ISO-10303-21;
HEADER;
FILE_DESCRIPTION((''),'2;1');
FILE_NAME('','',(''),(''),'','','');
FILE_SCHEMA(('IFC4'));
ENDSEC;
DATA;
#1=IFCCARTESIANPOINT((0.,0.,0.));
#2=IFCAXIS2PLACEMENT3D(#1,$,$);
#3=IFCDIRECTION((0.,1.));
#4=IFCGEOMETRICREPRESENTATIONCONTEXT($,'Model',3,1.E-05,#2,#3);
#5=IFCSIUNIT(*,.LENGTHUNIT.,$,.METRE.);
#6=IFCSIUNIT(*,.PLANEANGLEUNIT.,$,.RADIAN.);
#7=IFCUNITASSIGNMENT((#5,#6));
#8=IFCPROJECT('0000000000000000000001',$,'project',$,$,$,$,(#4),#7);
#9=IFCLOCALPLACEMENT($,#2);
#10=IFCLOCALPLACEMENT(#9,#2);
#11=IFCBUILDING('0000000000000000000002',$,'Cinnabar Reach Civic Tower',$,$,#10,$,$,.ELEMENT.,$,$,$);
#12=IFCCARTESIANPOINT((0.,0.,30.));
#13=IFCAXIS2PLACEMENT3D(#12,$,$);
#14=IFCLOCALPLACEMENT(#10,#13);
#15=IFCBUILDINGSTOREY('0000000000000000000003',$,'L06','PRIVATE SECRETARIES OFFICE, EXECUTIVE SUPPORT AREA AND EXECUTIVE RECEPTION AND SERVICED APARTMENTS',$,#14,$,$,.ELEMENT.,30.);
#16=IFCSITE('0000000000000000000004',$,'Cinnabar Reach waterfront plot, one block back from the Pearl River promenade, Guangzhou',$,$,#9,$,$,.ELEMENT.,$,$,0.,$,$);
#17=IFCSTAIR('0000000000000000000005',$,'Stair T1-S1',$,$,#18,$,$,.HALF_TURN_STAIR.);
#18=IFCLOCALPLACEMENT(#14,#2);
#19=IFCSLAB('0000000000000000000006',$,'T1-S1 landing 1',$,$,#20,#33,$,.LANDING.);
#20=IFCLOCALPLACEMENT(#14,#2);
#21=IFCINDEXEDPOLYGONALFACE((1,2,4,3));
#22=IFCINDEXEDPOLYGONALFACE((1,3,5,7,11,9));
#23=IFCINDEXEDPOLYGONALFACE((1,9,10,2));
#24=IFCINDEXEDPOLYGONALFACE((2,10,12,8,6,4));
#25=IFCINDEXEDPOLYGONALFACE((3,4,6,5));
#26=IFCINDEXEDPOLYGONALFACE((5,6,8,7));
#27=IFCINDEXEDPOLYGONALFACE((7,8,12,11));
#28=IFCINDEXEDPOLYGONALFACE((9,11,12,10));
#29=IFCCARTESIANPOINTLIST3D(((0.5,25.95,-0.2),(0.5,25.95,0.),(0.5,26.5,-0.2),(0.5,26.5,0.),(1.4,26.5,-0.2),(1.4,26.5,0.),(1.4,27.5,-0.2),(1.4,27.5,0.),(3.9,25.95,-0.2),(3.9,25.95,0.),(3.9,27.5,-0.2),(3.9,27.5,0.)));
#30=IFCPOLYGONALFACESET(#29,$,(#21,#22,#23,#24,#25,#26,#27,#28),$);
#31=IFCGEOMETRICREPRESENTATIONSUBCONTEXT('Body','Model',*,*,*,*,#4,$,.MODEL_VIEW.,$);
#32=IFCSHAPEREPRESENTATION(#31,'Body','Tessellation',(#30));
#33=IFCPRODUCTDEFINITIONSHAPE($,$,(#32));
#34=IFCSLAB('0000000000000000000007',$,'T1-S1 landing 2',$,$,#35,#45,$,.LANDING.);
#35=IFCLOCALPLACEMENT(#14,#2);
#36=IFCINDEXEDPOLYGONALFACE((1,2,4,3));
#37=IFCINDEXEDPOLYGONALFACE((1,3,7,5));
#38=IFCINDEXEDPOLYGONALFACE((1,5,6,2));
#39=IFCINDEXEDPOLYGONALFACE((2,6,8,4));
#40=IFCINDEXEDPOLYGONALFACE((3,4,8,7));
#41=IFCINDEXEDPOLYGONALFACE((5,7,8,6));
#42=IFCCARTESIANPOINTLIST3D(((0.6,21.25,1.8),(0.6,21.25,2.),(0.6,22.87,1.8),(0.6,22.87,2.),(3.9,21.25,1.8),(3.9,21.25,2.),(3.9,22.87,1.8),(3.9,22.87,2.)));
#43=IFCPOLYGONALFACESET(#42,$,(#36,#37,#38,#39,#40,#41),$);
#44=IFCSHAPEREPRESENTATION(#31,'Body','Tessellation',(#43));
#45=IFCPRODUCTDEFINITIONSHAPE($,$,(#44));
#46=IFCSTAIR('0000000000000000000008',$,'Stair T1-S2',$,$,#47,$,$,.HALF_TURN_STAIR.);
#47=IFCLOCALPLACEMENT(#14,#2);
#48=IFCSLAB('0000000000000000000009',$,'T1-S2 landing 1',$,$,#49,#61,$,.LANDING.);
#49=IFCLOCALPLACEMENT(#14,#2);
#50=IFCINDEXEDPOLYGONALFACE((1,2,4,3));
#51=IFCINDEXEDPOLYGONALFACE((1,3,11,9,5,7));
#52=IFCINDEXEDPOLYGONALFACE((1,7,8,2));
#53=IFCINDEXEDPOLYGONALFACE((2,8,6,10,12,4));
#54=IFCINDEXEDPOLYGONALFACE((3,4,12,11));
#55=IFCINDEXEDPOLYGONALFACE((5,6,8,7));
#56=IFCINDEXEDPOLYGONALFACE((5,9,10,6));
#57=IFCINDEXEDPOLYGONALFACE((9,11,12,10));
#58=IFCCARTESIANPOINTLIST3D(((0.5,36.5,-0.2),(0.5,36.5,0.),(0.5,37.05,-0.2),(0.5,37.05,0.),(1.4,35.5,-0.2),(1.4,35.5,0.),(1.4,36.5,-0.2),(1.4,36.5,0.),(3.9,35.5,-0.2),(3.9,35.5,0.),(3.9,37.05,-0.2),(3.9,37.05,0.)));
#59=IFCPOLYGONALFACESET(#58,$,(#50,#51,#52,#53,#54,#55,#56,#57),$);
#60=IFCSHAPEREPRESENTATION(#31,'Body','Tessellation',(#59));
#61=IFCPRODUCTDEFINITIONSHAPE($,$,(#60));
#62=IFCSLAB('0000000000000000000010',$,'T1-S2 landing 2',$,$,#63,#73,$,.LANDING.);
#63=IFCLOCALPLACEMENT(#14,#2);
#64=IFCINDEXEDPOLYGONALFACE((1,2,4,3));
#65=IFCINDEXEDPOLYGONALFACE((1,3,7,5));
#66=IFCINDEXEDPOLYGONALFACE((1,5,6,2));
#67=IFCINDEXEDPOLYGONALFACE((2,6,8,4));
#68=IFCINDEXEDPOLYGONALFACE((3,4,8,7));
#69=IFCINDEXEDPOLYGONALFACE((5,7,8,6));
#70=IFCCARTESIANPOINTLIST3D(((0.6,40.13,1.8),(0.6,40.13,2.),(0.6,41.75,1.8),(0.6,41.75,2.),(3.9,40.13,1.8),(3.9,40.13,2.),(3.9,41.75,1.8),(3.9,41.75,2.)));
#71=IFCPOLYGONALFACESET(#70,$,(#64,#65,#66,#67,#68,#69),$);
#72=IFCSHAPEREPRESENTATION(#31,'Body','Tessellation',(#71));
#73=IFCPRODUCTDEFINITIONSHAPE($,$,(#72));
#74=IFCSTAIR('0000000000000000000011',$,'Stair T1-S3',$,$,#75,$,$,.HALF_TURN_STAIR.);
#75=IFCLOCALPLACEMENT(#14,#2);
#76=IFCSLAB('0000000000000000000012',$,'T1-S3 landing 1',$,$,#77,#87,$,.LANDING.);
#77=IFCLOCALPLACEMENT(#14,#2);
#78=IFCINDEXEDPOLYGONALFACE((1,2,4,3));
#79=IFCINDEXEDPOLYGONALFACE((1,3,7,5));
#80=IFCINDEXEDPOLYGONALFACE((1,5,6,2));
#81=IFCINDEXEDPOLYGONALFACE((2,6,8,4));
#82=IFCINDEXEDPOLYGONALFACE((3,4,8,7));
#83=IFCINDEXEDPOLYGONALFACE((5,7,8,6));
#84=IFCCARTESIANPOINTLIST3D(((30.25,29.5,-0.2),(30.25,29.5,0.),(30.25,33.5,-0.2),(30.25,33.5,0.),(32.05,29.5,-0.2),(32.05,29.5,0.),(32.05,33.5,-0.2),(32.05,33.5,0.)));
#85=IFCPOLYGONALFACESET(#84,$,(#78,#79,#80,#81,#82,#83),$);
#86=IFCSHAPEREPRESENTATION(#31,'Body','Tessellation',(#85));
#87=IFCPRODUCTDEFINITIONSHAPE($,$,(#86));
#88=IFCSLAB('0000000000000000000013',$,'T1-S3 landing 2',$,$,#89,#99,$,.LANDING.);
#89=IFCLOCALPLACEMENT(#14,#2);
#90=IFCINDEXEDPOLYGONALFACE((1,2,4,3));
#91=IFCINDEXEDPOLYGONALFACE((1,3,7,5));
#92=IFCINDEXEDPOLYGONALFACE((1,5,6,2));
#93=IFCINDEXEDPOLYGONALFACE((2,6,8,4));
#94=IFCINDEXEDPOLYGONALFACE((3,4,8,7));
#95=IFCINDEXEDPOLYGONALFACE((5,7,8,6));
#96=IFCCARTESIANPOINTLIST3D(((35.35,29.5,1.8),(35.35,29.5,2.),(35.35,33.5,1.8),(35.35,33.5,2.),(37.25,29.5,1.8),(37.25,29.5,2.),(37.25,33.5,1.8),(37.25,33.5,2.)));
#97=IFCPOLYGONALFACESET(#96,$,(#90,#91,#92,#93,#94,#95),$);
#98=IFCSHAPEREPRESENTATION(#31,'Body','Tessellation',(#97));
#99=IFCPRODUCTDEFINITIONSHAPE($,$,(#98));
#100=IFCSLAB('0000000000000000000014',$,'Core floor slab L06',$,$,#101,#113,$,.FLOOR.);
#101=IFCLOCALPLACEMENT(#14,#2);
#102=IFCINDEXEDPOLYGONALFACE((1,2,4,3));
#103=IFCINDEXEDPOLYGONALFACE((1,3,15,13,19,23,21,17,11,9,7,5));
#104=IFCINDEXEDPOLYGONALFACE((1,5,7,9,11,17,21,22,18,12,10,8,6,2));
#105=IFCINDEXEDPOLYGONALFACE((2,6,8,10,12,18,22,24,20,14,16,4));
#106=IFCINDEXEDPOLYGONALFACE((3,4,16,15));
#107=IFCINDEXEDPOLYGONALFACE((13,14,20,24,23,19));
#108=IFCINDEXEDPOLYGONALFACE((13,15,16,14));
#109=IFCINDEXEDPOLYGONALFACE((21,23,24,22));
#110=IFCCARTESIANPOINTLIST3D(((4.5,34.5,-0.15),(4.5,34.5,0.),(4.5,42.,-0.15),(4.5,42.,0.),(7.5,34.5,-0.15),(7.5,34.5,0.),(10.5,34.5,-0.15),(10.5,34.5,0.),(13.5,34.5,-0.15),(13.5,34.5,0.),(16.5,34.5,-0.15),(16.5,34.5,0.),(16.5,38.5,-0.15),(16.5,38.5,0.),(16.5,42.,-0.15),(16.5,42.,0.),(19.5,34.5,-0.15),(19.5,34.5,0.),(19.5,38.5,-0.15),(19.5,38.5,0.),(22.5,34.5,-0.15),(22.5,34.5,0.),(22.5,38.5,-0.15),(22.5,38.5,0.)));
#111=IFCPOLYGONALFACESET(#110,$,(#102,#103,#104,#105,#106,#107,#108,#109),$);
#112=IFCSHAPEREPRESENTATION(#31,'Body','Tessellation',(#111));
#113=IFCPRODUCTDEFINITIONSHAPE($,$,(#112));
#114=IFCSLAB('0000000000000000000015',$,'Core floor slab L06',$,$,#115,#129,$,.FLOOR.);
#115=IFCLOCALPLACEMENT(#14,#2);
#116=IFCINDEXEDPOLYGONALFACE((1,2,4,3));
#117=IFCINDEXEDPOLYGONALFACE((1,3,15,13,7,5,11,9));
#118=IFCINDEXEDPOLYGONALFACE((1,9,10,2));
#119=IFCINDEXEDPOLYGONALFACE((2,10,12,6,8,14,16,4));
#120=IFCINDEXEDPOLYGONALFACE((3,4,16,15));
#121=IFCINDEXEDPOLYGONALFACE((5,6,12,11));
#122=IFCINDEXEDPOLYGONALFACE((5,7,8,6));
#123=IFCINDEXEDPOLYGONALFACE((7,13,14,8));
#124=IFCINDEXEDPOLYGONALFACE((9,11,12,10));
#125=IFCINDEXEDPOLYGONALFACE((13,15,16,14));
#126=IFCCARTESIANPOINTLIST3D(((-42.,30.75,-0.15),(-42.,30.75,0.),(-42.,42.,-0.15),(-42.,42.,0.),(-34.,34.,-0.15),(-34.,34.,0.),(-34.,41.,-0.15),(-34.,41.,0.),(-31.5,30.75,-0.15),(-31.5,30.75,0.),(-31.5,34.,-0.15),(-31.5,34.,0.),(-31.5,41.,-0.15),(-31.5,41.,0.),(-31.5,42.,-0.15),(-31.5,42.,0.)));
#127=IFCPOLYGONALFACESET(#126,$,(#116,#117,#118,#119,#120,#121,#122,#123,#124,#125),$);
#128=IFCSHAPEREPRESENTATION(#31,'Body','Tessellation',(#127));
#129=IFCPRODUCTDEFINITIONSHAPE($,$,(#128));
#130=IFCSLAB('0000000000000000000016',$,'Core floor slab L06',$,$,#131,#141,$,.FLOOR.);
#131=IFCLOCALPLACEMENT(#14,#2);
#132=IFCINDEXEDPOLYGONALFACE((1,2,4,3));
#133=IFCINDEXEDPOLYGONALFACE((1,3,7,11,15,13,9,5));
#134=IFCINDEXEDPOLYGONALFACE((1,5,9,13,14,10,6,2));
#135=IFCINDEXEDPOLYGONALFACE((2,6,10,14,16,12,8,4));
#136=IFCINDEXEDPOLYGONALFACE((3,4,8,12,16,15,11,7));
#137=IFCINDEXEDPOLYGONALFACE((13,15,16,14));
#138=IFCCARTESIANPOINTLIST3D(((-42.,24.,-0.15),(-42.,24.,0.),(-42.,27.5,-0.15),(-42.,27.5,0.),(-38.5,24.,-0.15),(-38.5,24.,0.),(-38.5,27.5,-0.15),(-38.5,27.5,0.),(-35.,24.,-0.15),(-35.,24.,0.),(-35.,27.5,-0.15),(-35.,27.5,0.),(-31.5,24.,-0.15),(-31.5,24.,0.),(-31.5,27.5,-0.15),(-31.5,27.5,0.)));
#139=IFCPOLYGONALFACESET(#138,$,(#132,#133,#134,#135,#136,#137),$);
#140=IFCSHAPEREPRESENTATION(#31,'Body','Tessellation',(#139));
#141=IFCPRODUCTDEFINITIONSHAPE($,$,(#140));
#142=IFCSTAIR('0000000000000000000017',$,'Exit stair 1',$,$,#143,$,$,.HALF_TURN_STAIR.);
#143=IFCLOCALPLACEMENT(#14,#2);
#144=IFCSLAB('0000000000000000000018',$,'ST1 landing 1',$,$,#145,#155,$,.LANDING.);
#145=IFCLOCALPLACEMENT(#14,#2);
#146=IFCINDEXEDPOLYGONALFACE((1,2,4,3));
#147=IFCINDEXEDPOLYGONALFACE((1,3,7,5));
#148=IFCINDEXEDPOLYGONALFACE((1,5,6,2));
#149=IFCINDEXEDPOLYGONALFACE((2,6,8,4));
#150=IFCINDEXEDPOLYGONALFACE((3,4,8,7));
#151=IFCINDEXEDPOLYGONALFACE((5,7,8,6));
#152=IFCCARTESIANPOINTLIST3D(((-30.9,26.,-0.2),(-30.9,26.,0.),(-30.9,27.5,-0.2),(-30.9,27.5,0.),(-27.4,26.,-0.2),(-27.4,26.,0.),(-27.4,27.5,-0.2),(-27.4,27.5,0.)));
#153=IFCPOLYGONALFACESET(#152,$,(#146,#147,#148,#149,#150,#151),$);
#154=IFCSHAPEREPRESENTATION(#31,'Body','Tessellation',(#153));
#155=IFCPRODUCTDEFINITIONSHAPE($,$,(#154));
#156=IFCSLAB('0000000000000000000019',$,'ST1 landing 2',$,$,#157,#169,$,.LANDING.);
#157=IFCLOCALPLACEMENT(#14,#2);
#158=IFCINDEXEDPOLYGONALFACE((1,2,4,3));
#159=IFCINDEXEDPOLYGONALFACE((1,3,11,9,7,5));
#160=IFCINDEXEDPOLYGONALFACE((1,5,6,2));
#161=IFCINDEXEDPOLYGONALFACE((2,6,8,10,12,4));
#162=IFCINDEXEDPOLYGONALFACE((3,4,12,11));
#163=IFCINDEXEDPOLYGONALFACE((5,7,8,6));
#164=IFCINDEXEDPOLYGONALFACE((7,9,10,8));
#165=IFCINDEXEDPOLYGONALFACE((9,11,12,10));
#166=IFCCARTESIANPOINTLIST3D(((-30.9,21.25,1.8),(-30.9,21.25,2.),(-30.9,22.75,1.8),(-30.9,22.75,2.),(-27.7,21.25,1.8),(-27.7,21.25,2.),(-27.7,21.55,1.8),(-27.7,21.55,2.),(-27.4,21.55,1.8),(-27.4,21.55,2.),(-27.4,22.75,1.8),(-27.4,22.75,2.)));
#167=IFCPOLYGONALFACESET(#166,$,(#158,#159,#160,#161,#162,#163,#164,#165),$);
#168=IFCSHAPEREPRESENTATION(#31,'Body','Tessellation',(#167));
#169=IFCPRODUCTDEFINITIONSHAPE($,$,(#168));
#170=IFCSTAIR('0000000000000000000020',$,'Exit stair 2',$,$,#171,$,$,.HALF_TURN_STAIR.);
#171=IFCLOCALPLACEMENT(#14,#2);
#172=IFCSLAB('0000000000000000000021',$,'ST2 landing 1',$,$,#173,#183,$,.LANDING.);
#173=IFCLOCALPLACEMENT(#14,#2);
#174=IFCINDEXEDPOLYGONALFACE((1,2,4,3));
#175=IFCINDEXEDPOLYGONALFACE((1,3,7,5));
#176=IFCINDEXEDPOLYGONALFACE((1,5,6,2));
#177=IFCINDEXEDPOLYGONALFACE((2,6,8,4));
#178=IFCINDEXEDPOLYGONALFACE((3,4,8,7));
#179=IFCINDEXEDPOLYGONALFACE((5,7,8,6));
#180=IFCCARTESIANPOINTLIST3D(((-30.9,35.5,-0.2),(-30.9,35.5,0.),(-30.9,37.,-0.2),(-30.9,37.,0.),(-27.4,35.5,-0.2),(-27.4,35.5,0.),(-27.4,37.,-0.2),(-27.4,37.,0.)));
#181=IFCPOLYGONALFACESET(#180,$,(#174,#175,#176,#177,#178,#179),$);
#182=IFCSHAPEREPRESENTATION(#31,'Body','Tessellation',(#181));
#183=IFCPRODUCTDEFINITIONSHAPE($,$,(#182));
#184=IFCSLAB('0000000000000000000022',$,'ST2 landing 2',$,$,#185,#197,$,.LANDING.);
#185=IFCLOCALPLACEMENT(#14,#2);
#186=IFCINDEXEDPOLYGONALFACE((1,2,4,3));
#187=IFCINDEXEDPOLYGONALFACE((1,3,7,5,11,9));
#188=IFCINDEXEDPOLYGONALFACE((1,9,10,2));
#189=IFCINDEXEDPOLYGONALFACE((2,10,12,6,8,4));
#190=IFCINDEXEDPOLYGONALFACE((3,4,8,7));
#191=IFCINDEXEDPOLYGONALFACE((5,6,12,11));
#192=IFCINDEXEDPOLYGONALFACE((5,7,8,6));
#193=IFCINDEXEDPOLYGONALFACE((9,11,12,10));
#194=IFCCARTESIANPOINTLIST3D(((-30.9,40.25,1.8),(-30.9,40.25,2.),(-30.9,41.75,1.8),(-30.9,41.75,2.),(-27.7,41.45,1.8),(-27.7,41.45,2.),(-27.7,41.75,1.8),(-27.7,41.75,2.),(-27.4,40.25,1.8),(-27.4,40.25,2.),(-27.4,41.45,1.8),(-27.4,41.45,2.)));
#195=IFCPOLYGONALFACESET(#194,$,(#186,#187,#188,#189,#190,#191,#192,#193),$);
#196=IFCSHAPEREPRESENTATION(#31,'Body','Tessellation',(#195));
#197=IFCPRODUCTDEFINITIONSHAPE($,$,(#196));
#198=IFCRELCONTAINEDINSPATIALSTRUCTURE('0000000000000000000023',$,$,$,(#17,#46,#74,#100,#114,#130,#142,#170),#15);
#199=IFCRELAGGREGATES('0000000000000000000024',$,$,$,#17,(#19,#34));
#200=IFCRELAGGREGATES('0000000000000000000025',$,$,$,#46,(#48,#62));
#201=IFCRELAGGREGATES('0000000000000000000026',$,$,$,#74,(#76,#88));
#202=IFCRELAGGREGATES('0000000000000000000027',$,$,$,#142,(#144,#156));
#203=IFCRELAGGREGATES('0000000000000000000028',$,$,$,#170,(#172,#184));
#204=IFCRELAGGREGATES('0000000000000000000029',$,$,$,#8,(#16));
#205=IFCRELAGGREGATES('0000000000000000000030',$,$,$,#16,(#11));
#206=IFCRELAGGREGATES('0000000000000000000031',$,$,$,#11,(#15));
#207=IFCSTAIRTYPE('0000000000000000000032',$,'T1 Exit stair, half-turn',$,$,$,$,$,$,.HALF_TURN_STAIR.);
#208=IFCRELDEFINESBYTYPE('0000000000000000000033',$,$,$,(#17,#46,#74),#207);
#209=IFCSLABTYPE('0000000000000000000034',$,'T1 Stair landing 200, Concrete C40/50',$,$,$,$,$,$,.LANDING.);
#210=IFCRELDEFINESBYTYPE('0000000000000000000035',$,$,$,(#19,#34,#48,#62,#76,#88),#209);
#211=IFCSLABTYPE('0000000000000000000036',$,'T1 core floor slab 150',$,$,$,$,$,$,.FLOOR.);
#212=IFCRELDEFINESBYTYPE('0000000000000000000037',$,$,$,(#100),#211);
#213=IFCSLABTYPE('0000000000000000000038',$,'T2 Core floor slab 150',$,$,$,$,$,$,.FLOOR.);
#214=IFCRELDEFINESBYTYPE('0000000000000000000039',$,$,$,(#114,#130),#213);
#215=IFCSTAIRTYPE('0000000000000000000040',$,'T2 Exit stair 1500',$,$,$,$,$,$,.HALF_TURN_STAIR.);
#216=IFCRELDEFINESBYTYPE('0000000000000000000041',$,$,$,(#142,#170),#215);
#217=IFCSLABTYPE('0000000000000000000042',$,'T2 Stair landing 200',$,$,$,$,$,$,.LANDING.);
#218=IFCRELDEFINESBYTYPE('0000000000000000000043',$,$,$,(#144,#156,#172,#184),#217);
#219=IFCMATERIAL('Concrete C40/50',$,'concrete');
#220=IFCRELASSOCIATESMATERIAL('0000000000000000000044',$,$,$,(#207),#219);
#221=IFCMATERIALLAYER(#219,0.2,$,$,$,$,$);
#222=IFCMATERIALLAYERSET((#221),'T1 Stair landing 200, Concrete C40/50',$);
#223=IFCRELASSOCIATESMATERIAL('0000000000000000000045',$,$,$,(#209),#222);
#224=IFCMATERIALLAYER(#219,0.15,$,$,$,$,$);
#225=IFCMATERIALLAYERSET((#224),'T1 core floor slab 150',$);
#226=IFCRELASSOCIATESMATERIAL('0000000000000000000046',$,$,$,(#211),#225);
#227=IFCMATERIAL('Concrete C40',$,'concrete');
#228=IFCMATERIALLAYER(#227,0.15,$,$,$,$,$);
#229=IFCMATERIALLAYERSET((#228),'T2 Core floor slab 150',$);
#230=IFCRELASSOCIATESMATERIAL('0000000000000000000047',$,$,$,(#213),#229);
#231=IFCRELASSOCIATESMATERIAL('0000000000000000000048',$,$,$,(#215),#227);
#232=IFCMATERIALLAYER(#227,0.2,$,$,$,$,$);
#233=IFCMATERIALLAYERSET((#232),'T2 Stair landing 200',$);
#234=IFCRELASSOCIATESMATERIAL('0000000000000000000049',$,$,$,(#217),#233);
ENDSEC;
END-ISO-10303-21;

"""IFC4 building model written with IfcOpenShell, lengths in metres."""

from ifc_helpers import new_model, si_unit, direction, frame, origin, place, context, subcontext, project, spatial, polyline, outline, extrude, material, layer, layer_set, type_object, element, aggregate, save


model = new_model("IFC4")

# Units and contexts
model_context = context("Model", 3, precision=1e-05, world=origin(), true_north=direction((0.0, 1.0)))
body_context = subcontext(model_context, "Body", "Model", "MODEL_VIEW")
ifc_project = project(units=[si_unit("LENGTHUNIT", "METRE"), si_unit("PLANEANGLEUNIT", "RADIAN")], contexts=[model_context])

# Site, building, storey
site_placement = place(None, origin())
site = spatial("IfcSite", under=ifc_project, at=site_placement, Name="Cinnabar Reach waterfront plot, one block back from the Pearl River promenade, Guangzhou", CompositionType="ELEMENT", RefElevation=0.0)
building_placement = place(site_placement, origin())
building = spatial("IfcBuilding", under=site, at=building_placement, Name="Cinnabar Reach Civic Tower", CompositionType="ELEMENT")
storey_placement = place(building_placement, frame((0.0, 0.0, 30.0)))
storey = spatial("IfcBuildingStorey", under=building, at=storey_placement, Name="L06", Description="PRIVATE SECRETARIES OFFICE, EXECUTIVE SUPPORT AREA AND EXECUTIVE RECEPTION AND SERVICED APARTMENTS", CompositionType="ELEMENT", Elevation=30.0)

# Stairs, slabs
ifc_material_1 = material(Name="Concrete C40/50", Category="concrete")
stair_type_1 = type_object("IfcStairType", Name="T1 Exit stair, half-turn", PredefinedType="HALF_TURN_STAIR", material=ifc_material_1)
stair_1_placement = place(storey_placement, origin())
stair_1 = element("IfcStair", 1, at=stair_1_placement, inside=storey, type_object=stair_type_1, Name="Stair T1-S1", PredefinedType="HALF_TURN_STAIR")
ifc_layer_1 = layer(ifc_material_1, 0.2)
ifc_layer_set_1 = layer_set([ifc_layer_1], Name="T1 Stair landing 200, Concrete C40/50")
slab_type_1 = type_object("IfcSlabType", Name="T1 Stair landing 200, Concrete C40/50", PredefinedType="LANDING", material=ifc_layer_set_1)
slab_1_placement = place(storey_placement, frame((0.0, 0.0, -0.2)))
slab_1 = element("IfcSlab", 2, at=slab_1_placement, type_object=slab_type_1, Name="T1-S1 landing 1", PredefinedType="LANDING", context=body_context, shape_type="SweptSolid", body=[
    extrude(outline(polyline([(3.9, 27.5), (3.9, 25.95), (0.5, 25.95), (0.5, 26.5), (1.4, 26.5), (1.4, 27.5), (3.9, 27.5)])), origin(), (0.0, 0.0, 1.0), 0.2),
])
slab_2_placement = place(storey_placement, frame((0.0, 0.0, 1.8)))
slab_2 = element("IfcSlab", 3, at=slab_2_placement, type_object=slab_type_1, Name="T1-S1 landing 2", PredefinedType="LANDING", context=body_context, shape_type="SweptSolid", body=[
    extrude(outline(polyline([(0.6, 21.25), (0.6, 22.87), (3.9, 22.87), (3.9, 21.25), (0.6, 21.25)])), origin(), (0.0, 0.0, 1.0), 0.2),
])
aggregate(stair_1, [slab_1, slab_2])
stair_2_placement = place(storey_placement, origin())
stair_2 = element("IfcStair", 4, at=stair_2_placement, inside=storey, type_object=stair_type_1, Name="Stair T1-S2", PredefinedType="HALF_TURN_STAIR")
slab_3_placement = place(storey_placement, frame((0.0, 0.0, -0.2)))
slab_3 = element("IfcSlab", 5, at=slab_3_placement, type_object=slab_type_1, Name="T1-S2 landing 1", PredefinedType="LANDING", context=body_context, shape_type="SweptSolid", body=[
    extrude(outline(polyline([(0.5, 37.05), (3.9, 37.05), (3.9, 35.5), (1.4, 35.5), (1.4, 36.5), (0.5, 36.5), (0.5, 37.05)])), origin(), (0.0, 0.0, 1.0), 0.2),
])
slab_4_placement = place(storey_placement, frame((0.0, 0.0, 1.8)))
slab_4 = element("IfcSlab", 6, at=slab_4_placement, type_object=slab_type_1, Name="T1-S2 landing 2", PredefinedType="LANDING", context=body_context, shape_type="SweptSolid", body=[
    extrude(outline(polyline([(0.6, 40.13), (0.6, 41.75), (3.9, 41.75), (3.9, 40.13), (0.6, 40.13)])), origin(), (0.0, 0.0, 1.0), 0.2),
])
aggregate(stair_2, [slab_3, slab_4])
stair_3_placement = place(storey_placement, origin())
stair_3 = element("IfcStair", 7, at=stair_3_placement, inside=storey, type_object=stair_type_1, Name="Stair T1-S3", PredefinedType="HALF_TURN_STAIR")
slab_5_placement = place(storey_placement, frame((0.0, 0.0, -0.2)))
slab_5 = element("IfcSlab", 8, at=slab_5_placement, type_object=slab_type_1, Name="T1-S3 landing 1", PredefinedType="LANDING", context=body_context, shape_type="SweptSolid", body=[
    extrude(outline(polyline([(30.25, 29.5), (32.05, 29.5), (32.05, 33.5), (30.25, 33.5), (30.25, 29.5)])), origin(), (0.0, 0.0, 1.0), 0.2),
])
slab_6_placement = place(storey_placement, frame((0.0, 0.0, 1.8)))
slab_6 = element("IfcSlab", 9, at=slab_6_placement, type_object=slab_type_1, Name="T1-S3 landing 2", PredefinedType="LANDING", context=body_context, shape_type="SweptSolid", body=[
    extrude(outline(polyline([(35.35, 29.5), (37.25, 29.5), (37.25, 33.5), (35.35, 33.5), (35.35, 29.5)])), origin(), (0.0, 0.0, 1.0), 0.2),
])
aggregate(stair_3, [slab_5, slab_6])

# Slabs
ifc_layer_2 = layer(ifc_material_1, 0.15)
ifc_layer_set_2 = layer_set([ifc_layer_2], Name="T1 core floor slab 150")
slab_type_2 = type_object("IfcSlabType", Name="T1 core floor slab 150", PredefinedType="FLOOR", material=ifc_layer_set_2)
slab_7_placement = place(storey_placement, frame((0.0, 0.0, -0.15)))
element("IfcSlab", 10, at=slab_7_placement, inside=storey, type_object=slab_type_2, Name="Core floor slab L06", PredefinedType="FLOOR", context=body_context, shape_type="SweptSolid", body=[
    extrude(outline(polyline([(22.5, 34.5), (19.5, 34.5), (16.5, 34.5), (13.5, 34.5), (10.5, 34.5), (7.5, 34.5), (4.5, 34.5), (4.5, 42.0), (16.5, 42.0), (16.5, 38.5), (19.5, 38.5), (22.5, 38.5), (22.5, 34.5)])), origin(), (0.0, 0.0, 1.0), 0.15),
])
ifc_material_2 = material(Name="Concrete C40", Category="concrete")
ifc_layer_3 = layer(ifc_material_2, 0.15)
ifc_layer_set_3 = layer_set([ifc_layer_3], Name="T2 Core floor slab 150")
slab_type_3 = type_object("IfcSlabType", Name="T2 Core floor slab 150", PredefinedType="FLOOR", material=ifc_layer_set_3)
slab_8_placement = place(storey_placement, frame((0.0, 0.0, -0.15)))
element("IfcSlab", 11, at=slab_8_placement, inside=storey, type_object=slab_type_3, Name="Core floor slab L06", PredefinedType="FLOOR", context=body_context, shape_type="SweptSolid", body=[
    extrude(outline(polyline([(-42.0, 42.0), (-31.5, 42.0), (-31.5, 41.0), (-34.0, 41.0), (-34.0, 34.0), (-31.5, 34.0), (-31.5, 30.75), (-42.0, 30.75), (-42.0, 42.0)])), origin(), (0.0, 0.0, 1.0), 0.15),
])
slab_9_placement = place(storey_placement, frame((0.0, 0.0, -0.15)))
element("IfcSlab", 12, at=slab_9_placement, inside=storey, type_object=slab_type_3, Name="Core floor slab L06", PredefinedType="FLOOR", context=body_context, shape_type="SweptSolid", body=[
    extrude(outline(polyline([(-35.0, 24.0), (-38.5, 24.0), (-42.0, 24.0), (-42.0, 27.5), (-38.5, 27.5), (-35.0, 27.5), (-31.5, 27.5), (-31.5, 24.0), (-35.0, 24.0)])), origin(), (0.0, 0.0, 1.0), 0.15),
])

# Stairs, slabs
stair_type_2 = type_object("IfcStairType", Name="T2 Exit stair 1500", PredefinedType="HALF_TURN_STAIR", material=ifc_material_2)
stair_4_placement = place(storey_placement, origin())
stair_4 = element("IfcStair", 13, at=stair_4_placement, inside=storey, type_object=stair_type_2, Name="Exit stair 1", PredefinedType="HALF_TURN_STAIR")
ifc_layer_4 = layer(ifc_material_2, 0.2)
ifc_layer_set_4 = layer_set([ifc_layer_4], Name="T2 Stair landing 200")
slab_type_4 = type_object("IfcSlabType", Name="T2 Stair landing 200", PredefinedType="LANDING", material=ifc_layer_set_4)
slab_10_placement = place(storey_placement, frame((0.0, 0.0, -0.2)))
slab_10 = element("IfcSlab", 14, at=slab_10_placement, type_object=slab_type_4, Name="ST1 landing 1", PredefinedType="LANDING", context=body_context, shape_type="SweptSolid", body=[
    extrude(outline(polyline([(-30.9, 26.0), (-30.9, 27.5), (-27.4, 27.5), (-27.4, 26.0), (-30.9, 26.0)])), origin(), (0.0, 0.0, 1.0), 0.2),
])
slab_11_placement = place(storey_placement, frame((0.0, 0.0, 1.8)))
slab_11 = element("IfcSlab", 15, at=slab_11_placement, type_object=slab_type_4, Name="ST1 landing 2", PredefinedType="LANDING", context=body_context, shape_type="SweptSolid", body=[
    extrude(outline(polyline([(-30.9, 21.25), (-30.9, 22.75), (-27.4, 22.75), (-27.4, 21.55), (-27.7, 21.55), (-27.7, 21.25), (-30.9, 21.25)])), origin(), (0.0, 0.0, 1.0), 0.2),
])
aggregate(stair_4, [slab_10, slab_11])
stair_5_placement = place(storey_placement, origin())
stair_5 = element("IfcStair", 16, at=stair_5_placement, inside=storey, type_object=stair_type_2, Name="Exit stair 2", PredefinedType="HALF_TURN_STAIR")
slab_12_placement = place(storey_placement, frame((0.0, 0.0, -0.2)))
slab_12 = element("IfcSlab", 17, at=slab_12_placement, type_object=slab_type_4, Name="ST2 landing 1", PredefinedType="LANDING", context=body_context, shape_type="SweptSolid", body=[
    extrude(outline(polyline([(-30.9, 35.5), (-30.9, 37.0), (-27.4, 37.0), (-27.4, 35.5), (-30.9, 35.5)])), origin(), (0.0, 0.0, 1.0), 0.2),
])
slab_13_placement = place(storey_placement, frame((0.0, 0.0, 1.8)))
slab_13 = element("IfcSlab", 18, at=slab_13_placement, type_object=slab_type_4, Name="ST2 landing 2", PredefinedType="LANDING", context=body_context, shape_type="SweptSolid", body=[
    extrude(outline(polyline([(-27.4, 40.25), (-30.9, 40.25), (-30.9, 41.75), (-27.7, 41.75), (-27.7, 41.45), (-27.4, 41.45), (-27.4, 40.25)])), origin(), (0.0, 0.0, 1.0), 0.2),
])
aggregate(stair_5, [slab_12, slab_13])

save(model, "model.ifc")
